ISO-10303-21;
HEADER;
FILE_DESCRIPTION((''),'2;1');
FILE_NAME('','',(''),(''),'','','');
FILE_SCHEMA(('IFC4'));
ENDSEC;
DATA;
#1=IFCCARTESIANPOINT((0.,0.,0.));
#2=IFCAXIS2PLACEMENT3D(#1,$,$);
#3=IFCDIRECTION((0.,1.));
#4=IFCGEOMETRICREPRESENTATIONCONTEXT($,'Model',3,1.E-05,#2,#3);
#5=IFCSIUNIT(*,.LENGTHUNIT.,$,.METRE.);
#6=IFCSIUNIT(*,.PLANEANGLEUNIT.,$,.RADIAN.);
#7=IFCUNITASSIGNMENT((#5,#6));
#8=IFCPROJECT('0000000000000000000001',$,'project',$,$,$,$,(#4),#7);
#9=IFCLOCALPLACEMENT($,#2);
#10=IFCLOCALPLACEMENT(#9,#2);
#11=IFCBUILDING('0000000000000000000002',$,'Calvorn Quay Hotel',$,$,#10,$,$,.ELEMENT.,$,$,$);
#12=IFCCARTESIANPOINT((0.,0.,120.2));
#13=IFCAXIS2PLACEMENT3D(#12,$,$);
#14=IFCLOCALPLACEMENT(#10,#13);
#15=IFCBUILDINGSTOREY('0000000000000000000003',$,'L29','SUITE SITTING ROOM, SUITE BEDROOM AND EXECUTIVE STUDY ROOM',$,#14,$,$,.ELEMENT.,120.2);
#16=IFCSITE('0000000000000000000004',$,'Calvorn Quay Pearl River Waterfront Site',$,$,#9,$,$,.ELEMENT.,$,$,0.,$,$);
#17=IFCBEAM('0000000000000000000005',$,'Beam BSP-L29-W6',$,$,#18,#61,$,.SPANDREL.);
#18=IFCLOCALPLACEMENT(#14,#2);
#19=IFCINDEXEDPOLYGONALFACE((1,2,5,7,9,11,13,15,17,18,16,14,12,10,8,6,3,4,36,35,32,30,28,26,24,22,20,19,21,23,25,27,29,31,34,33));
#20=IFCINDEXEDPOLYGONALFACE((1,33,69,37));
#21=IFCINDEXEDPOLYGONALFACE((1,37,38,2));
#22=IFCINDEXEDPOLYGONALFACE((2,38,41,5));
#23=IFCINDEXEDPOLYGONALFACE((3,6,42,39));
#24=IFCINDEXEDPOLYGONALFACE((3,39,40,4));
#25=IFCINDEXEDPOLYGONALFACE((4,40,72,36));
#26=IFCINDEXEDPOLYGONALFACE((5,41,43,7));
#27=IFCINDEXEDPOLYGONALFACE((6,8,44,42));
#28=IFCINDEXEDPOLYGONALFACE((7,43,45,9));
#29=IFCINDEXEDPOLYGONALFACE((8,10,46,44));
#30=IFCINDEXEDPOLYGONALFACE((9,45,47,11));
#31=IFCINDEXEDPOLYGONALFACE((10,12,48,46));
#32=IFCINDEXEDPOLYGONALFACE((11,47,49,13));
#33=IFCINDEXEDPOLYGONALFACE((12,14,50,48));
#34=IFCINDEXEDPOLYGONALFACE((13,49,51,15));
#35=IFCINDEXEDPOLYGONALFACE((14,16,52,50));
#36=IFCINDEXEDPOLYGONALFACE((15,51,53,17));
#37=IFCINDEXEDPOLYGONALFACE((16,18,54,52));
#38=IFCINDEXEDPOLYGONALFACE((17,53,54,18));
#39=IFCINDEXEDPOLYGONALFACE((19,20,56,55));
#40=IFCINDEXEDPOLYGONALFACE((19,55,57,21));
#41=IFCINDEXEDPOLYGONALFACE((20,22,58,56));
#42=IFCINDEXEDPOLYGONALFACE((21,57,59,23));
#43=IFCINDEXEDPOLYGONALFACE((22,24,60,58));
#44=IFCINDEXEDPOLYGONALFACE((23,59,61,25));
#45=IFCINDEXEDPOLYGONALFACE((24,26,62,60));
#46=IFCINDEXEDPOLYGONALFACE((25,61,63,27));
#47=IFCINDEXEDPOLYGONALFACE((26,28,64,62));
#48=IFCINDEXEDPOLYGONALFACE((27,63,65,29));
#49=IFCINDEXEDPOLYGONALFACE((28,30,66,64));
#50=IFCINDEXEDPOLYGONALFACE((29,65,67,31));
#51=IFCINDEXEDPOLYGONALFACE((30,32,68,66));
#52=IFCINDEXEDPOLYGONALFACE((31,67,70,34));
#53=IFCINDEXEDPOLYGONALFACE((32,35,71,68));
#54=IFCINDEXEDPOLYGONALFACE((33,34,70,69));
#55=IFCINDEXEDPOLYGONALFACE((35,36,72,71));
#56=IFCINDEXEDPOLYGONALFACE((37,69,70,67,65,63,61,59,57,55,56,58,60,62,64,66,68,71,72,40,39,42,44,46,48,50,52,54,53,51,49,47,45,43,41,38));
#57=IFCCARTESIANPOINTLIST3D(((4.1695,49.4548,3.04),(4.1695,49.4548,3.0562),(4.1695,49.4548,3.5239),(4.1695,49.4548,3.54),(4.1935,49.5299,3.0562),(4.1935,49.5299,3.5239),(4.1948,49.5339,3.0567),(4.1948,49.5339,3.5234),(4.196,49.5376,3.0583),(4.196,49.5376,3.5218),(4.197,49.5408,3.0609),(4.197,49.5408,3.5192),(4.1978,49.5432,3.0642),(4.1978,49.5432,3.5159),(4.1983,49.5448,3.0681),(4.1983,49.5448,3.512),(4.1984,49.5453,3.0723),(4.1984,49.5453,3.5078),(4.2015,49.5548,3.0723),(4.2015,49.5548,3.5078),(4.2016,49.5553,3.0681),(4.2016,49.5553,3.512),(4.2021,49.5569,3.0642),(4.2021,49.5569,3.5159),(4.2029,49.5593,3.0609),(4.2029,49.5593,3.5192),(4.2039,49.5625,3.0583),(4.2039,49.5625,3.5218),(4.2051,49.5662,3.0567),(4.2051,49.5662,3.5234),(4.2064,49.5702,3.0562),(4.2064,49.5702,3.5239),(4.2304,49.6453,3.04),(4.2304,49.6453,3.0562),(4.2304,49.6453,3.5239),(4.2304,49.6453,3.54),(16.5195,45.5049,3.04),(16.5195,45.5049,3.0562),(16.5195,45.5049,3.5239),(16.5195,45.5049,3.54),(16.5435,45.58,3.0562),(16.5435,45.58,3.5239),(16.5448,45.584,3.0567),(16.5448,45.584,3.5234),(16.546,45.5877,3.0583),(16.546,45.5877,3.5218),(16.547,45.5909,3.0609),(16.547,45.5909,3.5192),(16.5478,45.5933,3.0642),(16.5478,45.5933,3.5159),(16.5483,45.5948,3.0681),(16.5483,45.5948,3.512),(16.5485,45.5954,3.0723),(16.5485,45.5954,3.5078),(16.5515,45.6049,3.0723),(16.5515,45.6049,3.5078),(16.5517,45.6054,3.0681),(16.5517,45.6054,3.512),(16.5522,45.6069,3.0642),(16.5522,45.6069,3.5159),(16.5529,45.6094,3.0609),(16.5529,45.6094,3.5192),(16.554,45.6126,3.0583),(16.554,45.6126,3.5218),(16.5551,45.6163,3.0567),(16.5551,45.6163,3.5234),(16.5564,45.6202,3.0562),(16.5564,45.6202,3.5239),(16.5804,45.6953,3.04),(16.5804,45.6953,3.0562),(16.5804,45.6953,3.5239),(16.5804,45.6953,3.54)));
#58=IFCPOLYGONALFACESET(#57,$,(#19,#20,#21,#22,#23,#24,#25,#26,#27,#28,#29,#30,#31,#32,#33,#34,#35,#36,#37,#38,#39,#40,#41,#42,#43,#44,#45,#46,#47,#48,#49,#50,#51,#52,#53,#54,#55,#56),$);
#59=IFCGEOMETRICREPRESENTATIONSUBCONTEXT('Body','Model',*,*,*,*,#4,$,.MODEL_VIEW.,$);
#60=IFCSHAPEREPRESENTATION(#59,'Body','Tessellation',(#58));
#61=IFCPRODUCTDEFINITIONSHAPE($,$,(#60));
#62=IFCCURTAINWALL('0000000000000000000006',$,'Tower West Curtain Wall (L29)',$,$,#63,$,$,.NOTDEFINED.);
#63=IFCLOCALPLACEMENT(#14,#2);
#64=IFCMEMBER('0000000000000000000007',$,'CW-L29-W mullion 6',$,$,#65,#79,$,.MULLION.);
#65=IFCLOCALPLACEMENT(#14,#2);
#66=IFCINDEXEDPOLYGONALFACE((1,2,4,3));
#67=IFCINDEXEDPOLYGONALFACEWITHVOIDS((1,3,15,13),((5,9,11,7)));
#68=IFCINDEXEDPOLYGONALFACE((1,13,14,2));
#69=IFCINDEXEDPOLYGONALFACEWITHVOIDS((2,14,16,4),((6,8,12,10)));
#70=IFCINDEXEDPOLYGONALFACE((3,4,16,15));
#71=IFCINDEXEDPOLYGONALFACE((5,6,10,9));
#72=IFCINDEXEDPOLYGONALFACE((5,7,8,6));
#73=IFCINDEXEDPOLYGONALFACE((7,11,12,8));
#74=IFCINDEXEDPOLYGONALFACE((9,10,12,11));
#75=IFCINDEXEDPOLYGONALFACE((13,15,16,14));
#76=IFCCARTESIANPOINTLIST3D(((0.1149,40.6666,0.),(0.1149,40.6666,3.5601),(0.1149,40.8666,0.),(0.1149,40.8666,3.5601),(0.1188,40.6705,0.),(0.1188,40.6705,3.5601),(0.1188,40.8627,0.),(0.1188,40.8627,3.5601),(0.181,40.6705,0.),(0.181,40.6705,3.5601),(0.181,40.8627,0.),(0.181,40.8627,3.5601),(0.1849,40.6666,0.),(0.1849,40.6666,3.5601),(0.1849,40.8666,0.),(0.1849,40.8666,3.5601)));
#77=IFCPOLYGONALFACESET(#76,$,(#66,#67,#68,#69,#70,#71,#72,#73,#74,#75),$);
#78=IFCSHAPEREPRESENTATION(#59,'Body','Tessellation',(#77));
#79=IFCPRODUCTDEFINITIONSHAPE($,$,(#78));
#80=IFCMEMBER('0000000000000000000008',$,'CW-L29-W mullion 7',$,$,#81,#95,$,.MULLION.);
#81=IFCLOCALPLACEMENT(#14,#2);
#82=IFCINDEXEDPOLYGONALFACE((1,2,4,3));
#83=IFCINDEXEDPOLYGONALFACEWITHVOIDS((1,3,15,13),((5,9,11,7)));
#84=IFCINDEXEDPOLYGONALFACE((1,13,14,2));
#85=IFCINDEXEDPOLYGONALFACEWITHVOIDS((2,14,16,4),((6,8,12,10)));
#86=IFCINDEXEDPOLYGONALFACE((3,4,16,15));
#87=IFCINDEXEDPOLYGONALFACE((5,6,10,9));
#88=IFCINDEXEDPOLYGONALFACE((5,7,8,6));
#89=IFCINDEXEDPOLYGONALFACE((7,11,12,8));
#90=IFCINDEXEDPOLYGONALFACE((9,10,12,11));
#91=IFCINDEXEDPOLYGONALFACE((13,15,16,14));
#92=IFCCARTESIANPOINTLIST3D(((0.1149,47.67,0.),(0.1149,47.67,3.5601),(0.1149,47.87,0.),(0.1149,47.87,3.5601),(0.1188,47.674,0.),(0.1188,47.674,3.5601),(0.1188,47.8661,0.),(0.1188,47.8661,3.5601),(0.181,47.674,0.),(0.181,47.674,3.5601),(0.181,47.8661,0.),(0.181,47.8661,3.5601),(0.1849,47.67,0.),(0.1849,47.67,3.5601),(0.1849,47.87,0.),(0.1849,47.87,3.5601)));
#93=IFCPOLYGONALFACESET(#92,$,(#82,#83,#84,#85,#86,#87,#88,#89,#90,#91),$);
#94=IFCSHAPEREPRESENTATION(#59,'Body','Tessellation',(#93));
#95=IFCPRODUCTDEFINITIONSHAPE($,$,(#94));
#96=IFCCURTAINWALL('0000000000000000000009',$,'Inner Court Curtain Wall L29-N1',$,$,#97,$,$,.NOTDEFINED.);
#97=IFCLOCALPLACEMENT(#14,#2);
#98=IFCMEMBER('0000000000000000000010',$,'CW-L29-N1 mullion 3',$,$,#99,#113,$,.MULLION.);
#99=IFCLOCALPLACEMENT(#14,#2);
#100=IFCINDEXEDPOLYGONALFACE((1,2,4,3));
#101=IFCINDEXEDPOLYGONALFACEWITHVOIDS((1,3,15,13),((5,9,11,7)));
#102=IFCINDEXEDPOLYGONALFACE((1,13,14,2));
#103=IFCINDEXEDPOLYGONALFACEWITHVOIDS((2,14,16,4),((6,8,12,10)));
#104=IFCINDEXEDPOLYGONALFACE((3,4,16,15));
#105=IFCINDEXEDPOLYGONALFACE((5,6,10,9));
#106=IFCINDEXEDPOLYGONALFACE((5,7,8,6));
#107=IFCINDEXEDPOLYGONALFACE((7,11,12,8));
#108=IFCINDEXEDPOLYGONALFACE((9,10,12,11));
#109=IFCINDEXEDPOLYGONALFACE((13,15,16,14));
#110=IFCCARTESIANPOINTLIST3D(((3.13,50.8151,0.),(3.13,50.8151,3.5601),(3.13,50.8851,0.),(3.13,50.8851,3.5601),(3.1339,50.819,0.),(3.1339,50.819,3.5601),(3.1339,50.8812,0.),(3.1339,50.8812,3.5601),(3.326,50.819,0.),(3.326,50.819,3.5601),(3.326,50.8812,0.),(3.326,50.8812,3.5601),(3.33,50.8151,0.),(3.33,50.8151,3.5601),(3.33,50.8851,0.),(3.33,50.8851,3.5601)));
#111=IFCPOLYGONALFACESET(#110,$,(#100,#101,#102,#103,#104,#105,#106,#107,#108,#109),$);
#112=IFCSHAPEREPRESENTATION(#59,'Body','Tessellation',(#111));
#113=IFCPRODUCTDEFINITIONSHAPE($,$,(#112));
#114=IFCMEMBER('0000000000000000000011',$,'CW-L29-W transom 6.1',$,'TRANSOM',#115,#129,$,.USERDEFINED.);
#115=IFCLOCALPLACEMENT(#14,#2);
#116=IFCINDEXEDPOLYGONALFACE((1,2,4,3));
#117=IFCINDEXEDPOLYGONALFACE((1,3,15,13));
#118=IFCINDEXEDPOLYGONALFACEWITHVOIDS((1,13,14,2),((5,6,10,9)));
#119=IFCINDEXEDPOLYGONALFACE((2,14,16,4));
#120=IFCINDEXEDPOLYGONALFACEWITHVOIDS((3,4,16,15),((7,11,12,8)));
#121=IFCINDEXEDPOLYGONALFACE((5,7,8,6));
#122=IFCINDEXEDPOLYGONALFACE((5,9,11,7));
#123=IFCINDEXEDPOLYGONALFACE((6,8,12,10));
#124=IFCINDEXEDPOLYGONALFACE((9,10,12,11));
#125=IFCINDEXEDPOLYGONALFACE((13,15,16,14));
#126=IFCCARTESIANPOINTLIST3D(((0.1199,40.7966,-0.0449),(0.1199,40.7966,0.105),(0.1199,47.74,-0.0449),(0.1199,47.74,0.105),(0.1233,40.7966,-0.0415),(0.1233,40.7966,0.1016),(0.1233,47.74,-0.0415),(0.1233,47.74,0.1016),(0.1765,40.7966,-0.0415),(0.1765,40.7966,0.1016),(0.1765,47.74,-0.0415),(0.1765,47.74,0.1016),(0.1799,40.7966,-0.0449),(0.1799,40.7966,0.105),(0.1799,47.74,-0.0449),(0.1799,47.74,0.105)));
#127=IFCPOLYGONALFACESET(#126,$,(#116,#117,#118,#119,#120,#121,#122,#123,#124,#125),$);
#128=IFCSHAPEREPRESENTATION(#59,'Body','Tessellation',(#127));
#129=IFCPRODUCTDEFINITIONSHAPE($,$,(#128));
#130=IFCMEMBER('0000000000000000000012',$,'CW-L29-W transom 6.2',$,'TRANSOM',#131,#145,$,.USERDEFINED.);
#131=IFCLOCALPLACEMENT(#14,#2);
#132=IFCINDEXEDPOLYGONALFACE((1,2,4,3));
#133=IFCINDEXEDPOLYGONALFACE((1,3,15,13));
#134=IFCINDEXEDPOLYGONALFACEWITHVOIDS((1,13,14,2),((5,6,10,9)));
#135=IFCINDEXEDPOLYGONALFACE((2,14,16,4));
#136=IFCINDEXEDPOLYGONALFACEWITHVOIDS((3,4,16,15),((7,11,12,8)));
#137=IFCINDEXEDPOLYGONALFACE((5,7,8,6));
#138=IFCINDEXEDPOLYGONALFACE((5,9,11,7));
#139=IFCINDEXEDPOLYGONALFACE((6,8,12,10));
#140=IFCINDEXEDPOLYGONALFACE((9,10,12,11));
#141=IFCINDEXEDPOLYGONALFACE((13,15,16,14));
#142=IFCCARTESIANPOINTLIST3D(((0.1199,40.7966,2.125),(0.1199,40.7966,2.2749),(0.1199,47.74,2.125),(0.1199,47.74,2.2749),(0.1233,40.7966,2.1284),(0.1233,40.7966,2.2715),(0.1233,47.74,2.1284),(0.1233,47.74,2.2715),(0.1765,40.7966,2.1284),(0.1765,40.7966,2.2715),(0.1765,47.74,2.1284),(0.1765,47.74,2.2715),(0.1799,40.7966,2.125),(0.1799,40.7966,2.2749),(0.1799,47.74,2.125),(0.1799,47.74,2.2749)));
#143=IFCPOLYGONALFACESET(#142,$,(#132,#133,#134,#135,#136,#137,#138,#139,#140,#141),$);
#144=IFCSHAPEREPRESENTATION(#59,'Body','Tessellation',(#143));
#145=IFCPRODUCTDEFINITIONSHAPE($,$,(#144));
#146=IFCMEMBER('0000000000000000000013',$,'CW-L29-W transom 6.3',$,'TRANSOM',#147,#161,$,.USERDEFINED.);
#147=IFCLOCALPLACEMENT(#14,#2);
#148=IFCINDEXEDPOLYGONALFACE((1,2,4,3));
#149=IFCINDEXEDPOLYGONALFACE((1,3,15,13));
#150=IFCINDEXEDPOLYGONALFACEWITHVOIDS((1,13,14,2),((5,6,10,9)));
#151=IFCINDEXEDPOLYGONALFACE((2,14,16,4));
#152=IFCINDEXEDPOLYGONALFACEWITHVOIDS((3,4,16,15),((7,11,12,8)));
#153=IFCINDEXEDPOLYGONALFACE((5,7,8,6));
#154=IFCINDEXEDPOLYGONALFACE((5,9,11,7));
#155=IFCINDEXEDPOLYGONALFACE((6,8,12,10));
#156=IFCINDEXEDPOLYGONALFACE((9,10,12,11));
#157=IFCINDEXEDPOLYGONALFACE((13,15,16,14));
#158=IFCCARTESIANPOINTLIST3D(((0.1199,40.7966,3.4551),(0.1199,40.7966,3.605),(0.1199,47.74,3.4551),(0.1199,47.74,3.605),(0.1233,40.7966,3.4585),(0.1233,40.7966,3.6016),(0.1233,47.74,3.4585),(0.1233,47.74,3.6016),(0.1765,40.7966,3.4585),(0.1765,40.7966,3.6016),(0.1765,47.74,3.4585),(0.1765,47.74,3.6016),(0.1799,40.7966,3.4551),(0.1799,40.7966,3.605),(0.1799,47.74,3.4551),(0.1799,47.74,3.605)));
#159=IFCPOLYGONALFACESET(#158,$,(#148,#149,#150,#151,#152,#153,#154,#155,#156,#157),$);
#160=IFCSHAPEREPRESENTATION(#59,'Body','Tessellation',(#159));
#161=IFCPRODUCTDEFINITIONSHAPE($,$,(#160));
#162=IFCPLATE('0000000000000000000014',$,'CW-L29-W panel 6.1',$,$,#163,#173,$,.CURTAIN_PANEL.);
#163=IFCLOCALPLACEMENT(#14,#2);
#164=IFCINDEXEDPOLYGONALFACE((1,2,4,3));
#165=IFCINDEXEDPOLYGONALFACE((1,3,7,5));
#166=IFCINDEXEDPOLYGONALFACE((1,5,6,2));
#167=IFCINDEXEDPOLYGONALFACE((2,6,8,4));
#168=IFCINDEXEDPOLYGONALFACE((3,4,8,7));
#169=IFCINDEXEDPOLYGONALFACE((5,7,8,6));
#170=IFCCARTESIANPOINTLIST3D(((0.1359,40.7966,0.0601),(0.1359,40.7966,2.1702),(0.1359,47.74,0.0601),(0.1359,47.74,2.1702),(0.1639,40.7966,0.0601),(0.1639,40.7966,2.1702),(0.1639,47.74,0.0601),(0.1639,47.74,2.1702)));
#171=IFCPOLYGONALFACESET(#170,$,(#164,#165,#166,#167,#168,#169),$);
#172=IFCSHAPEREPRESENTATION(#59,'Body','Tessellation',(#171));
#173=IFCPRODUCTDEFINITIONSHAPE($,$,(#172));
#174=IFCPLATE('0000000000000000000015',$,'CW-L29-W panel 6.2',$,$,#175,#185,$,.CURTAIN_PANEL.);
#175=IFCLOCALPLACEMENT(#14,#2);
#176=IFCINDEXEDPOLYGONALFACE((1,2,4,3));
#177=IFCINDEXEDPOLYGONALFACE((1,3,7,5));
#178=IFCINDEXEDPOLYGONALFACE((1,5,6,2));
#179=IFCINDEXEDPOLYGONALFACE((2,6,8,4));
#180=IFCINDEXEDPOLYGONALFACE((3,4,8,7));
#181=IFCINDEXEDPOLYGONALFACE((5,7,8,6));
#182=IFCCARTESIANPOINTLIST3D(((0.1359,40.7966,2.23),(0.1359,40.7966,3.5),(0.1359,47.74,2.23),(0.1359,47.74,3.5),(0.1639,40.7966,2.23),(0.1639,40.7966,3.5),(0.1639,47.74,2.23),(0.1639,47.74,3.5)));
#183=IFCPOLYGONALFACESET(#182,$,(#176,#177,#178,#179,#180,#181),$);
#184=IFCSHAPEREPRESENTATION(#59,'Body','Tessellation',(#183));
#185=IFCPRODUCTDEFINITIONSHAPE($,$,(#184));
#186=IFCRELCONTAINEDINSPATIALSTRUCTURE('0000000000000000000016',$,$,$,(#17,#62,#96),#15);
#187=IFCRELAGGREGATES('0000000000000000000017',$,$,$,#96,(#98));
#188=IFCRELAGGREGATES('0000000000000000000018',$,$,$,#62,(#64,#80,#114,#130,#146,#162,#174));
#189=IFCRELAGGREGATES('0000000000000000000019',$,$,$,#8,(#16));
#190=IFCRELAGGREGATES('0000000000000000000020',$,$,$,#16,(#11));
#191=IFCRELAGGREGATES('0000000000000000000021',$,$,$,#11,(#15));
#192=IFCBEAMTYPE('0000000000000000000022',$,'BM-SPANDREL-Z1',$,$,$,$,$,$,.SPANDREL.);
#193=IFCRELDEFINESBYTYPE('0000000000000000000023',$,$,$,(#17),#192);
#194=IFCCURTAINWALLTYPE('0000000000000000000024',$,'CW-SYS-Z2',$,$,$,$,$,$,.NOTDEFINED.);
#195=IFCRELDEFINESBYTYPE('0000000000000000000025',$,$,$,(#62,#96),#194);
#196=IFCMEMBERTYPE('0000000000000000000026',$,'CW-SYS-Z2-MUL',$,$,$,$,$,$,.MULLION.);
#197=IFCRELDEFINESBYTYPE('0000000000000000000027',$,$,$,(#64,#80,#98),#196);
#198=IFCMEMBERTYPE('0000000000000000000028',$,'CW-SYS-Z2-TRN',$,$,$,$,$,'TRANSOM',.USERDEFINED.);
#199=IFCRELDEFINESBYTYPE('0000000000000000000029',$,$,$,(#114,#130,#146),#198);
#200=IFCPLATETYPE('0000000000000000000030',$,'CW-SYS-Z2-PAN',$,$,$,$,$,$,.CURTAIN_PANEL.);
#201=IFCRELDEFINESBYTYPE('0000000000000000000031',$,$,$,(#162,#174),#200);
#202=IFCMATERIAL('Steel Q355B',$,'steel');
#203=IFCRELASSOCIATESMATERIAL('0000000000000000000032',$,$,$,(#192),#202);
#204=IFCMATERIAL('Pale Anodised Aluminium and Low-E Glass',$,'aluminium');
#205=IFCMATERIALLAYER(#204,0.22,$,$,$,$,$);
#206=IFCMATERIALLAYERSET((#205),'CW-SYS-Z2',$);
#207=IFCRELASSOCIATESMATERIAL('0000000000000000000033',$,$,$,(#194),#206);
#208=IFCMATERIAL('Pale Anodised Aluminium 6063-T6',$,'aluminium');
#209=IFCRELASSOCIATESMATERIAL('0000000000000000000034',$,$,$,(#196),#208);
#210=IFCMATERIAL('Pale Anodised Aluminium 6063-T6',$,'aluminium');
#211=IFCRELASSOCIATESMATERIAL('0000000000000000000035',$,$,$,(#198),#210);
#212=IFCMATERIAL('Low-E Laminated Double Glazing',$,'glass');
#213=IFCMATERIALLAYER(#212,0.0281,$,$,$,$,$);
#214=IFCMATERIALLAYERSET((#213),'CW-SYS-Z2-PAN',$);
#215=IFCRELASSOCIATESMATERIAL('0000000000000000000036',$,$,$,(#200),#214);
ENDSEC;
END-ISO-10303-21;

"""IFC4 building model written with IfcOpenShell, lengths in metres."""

from ifc_helpers import new_model, si_unit, direction, frame, origin, origin_2d, place, context, subcontext, project, spatial, rectangle, hollow_rectangle, i_section, extrude, material, layer, layer_set, material_profile, profile_set, type_object, element, aggregate, save


model = new_model("IFC4")

# Units and contexts
model_context = context("Model", 3, precision=1e-05, world=origin(), true_north=direction((0.0, 1.0)))
body_context = subcontext(model_context, "Body", "Model", "MODEL_VIEW")
ifc_project = project(units=[si_unit("LENGTHUNIT", "METRE"), si_unit("PLANEANGLEUNIT", "RADIAN")], contexts=[model_context])

# Site, building, storey
site_placement = place(None, origin())
site = spatial("IfcSite", under=ifc_project, at=site_placement, Name="Calvorn Quay Pearl River Waterfront Site", CompositionType="ELEMENT", RefElevation=0.0)
building_placement = place(site_placement, origin())
building = spatial("IfcBuilding", under=site, at=building_placement, Name="Calvorn Quay Hotel", CompositionType="ELEMENT")
storey_placement = place(building_placement, frame((0.0, 0.0, 120.2)))
storey = spatial("IfcBuildingStorey", under=building, at=storey_placement, Name="L29", Description="SUITE SITTING ROOM, SUITE BEDROOM AND EXECUTIVE STUDY ROOM", CompositionType="ELEMENT", Elevation=120.2)

# Beam
ifc_material_1 = material(Name="Steel Q355B", Category="steel")
ifc_material_profile_1 = material_profile(ifc_material_1, i_section(OverallWidth=0.2, OverallDepth=0.5, WebThickness=0.01, FlangeThickness=0.0161, FilletRadius=0.0161, at=origin_2d()), Name="HN500x200x10x16")
ifc_profile_set_1 = profile_set([ifc_material_profile_1], Name="Steel Q355B")
beam_type_1 = type_object("IfcBeamType", Name="BM-SPANDREL-Z1", PredefinedType="SPANDREL", material=ifc_profile_set_1)
beam_1_placement = place(storey_placement, frame((4.2, 49.55, 3.29), z_axis=(0.952471, -0.30463, 0.0), x_axis=(0.30463, 0.952471, 0.0)))
element("IfcBeam", 1, at=beam_1_placement, inside=storey, type_object=beam_type_1, Name="Beam BSP-L29-W6", PredefinedType="SPANDREL", context=body_context, shape_type="SweptSolid", body=[
    extrude(i_section(OverallWidth=0.2, OverallDepth=0.5, WebThickness=0.01, FlangeThickness=0.0161, FilletRadius=0.0161, at=origin_2d()), origin(), (0.0, 0.0, 1.0), 12.9663),
])

# Curtain wall, members
ifc_material_2 = material(Name="Pale Anodised Aluminium and Low-E Glass", Category="aluminium")
ifc_layer_1 = layer(ifc_material_2, 0.22)
ifc_layer_set_1 = layer_set([ifc_layer_1], Name="CW-SYS-Z2")
curtain_wall_type = type_object("IfcCurtainWallType", Name="CW-SYS-Z2", PredefinedType="NOTDEFINED", material=ifc_layer_set_1)
curtain_wall_1_placement = place(storey_placement, origin())
curtain_wall_1 = element("IfcCurtainWall", 2, at=curtain_wall_1_placement, inside=storey, type_object=curtain_wall_type, Name="Tower West Curtain Wall (L29)", PredefinedType="NOTDEFINED")
ifc_material_3 = material(Name="Pale Anodised Aluminium 6063-T6", Category="aluminium")
ifc_material_profile_2 = material_profile(ifc_material_3, hollow_rectangle(XDim=0.0701, YDim=0.2, WallThickness=0.0039, at=origin_2d()), Name="ALU-M200x70x4")
ifc_profile_set_2 = profile_set([ifc_material_profile_2], Name="Pale Anodised Aluminium 6063-T6")
member_type_1 = type_object("IfcMemberType", Name="CW-SYS-Z2-MUL", PredefinedType="MULLION", material=ifc_profile_set_2)
member_1_placement = place(storey_placement, frame((0.1499, 40.7666, 0.0), z_axis=(0.0, 0.0, 1.0), x_axis=(-1.0, 0.0, 0.0)))
member_1 = element("IfcMember", 3, at=member_1_placement, type_object=member_type_1, Name="CW-L29-W mullion 6", PredefinedType="MULLION", context=body_context, shape_type="SweptSolid", body=[
    extrude(hollow_rectangle(XDim=0.0701, YDim=0.2, WallThickness=0.0039, at=origin_2d()), origin(), (0.0, 0.0, 1.0), 3.5601),
])
member_2_placement = place(storey_placement, frame((0.1499, 47.77, 0.0), z_axis=(0.0, 0.0, 1.0), x_axis=(-1.0, 0.0, 0.0)))
member_2 = element("IfcMember", 4, at=member_2_placement, type_object=member_type_1, Name="CW-L29-W mullion 7", PredefinedType="MULLION", context=body_context, shape_type="SweptSolid", body=[
    extrude(hollow_rectangle(XDim=0.0701, YDim=0.2, WallThickness=0.0039, at=origin_2d()), origin(), (0.0, 0.0, 1.0), 3.5601),
])

# Curtain wall, member
curtain_wall_2_placement = place(storey_placement, origin())
curtain_wall_2 = element("IfcCurtainWall", 5, at=curtain_wall_2_placement, inside=storey, type_object=curtain_wall_type, Name="Inner Court Curtain Wall L29-N1", PredefinedType="NOTDEFINED")
member_3_placement = place(storey_placement, frame((3.23, 50.8501, 0.0), z_axis=(0.0, 0.0, 1.0), x_axis=(0.0, -1.0, 0.0)))
member_3 = element("IfcMember", 6, at=member_3_placement, type_object=member_type_1, Name="CW-L29-N1 mullion 3", PredefinedType="MULLION", context=body_context, shape_type="SweptSolid", body=[
    extrude(hollow_rectangle(XDim=0.0701, YDim=0.2, WallThickness=0.0039, at=origin_2d()), origin(), (0.0, 0.0, 1.0), 3.5601),
])
aggregate(curtain_wall_2, [member_3])

# Members
ifc_material_4 = material(Name="Pale Anodised Aluminium 6063-T6", Category="aluminium")
ifc_material_profile_3 = material_profile(ifc_material_4, hollow_rectangle(XDim=0.0601, YDim=0.1499, WallThickness=0.0034, at=origin_2d()), Name="ALU-T150x60x3.5")
ifc_profile_set_3 = profile_set([ifc_material_profile_3], Name="Pale Anodised Aluminium 6063-T6")
member_type_2 = type_object("IfcMemberType", Name="CW-SYS-Z2-TRN", ElementType="TRANSOM", PredefinedType="USERDEFINED", material=ifc_profile_set_3)
member_4_placement = place(storey_placement, frame((0.1499, 40.7966, 0.03), z_axis=(0.0, 1.0, 0.0), x_axis=(-1.0, 0.0, 0.0)))
member_4 = element("IfcMember", 7, at=member_4_placement, type_object=member_type_2, Name="CW-L29-W transom 6.1", ObjectType="TRANSOM", PredefinedType="USERDEFINED", context=body_context, shape_type="SweptSolid", body=[
    extrude(hollow_rectangle(XDim=0.0601, YDim=0.1499, WallThickness=0.0034, at=origin_2d()), origin(), (0.0, 0.0, 1.0), 6.9434),
])
member_5_placement = place(storey_placement, frame((0.1499, 40.7966, 2.2), z_axis=(0.0, 1.0, 0.0), x_axis=(-1.0, 0.0, 0.0)))
member_5 = element("IfcMember", 8, at=member_5_placement, type_object=member_type_2, Name="CW-L29-W transom 6.2", ObjectType="TRANSOM", PredefinedType="USERDEFINED", context=body_context, shape_type="SweptSolid", body=[
    extrude(hollow_rectangle(XDim=0.0601, YDim=0.1499, WallThickness=0.0034, at=origin_2d()), origin(), (0.0, 0.0, 1.0), 6.9434),
])
member_6_placement = place(storey_placement, frame((0.1499, 40.7966, 3.53), z_axis=(0.0, 1.0, 0.0), x_axis=(-1.0, 0.0, 0.0)))
member_6 = element("IfcMember", 9, at=member_6_placement, type_object=member_type_2, Name="CW-L29-W transom 6.3", ObjectType="TRANSOM", PredefinedType="USERDEFINED", context=body_context, shape_type="SweptSolid", body=[
    extrude(hollow_rectangle(XDim=0.0601, YDim=0.1499, WallThickness=0.0034, at=origin_2d()), origin(), (0.0, 0.0, 1.0), 6.9434),
])

# Plates
ifc_material_5 = material(Name="Low-E Laminated Double Glazing", Category="glass")
ifc_layer_2 = layer(ifc_material_5, 0.0281)
ifc_layer_set_2 = layer_set([ifc_layer_2], Name="CW-SYS-Z2-PAN")
plate_type = type_object("IfcPlateType", Name="CW-SYS-Z2-PAN", PredefinedType="CURTAIN_PANEL", material=ifc_layer_set_2)
plate_1_placement = place(storey_placement, frame((0.1499, 44.2683, 0.0601), z_axis=(0.0, 0.0, 1.0), x_axis=(0.0, 1.0, 0.0)))
plate_1 = element("IfcPlate", 10, at=plate_1_placement, type_object=plate_type, Name="CW-L29-W panel 6.1", PredefinedType="CURTAIN_PANEL", context=body_context, shape_type="SweptSolid", body=[
    extrude(rectangle(XDim=6.9434, YDim=0.0281, at=origin_2d()), origin(), (0.0, 0.0, 1.0), 2.1101),
])
plate_2_placement = place(storey_placement, frame((0.1499, 44.2683, 2.23), z_axis=(0.0, 0.0, 1.0), x_axis=(0.0, 1.0, 0.0)))
plate_2 = element("IfcPlate", 11, at=plate_2_placement, type_object=plate_type, Name="CW-L29-W panel 6.2", PredefinedType="CURTAIN_PANEL", context=body_context, shape_type="SweptSolid", body=[
    extrude(rectangle(XDim=6.9434, YDim=0.0281, at=origin_2d()), origin(), (0.0, 0.0, 1.0), 1.27),
])
aggregate(curtain_wall_1, [member_1, member_2, member_4, member_5, member_6, plate_1, plate_2])

save(model, "model.ifc")
